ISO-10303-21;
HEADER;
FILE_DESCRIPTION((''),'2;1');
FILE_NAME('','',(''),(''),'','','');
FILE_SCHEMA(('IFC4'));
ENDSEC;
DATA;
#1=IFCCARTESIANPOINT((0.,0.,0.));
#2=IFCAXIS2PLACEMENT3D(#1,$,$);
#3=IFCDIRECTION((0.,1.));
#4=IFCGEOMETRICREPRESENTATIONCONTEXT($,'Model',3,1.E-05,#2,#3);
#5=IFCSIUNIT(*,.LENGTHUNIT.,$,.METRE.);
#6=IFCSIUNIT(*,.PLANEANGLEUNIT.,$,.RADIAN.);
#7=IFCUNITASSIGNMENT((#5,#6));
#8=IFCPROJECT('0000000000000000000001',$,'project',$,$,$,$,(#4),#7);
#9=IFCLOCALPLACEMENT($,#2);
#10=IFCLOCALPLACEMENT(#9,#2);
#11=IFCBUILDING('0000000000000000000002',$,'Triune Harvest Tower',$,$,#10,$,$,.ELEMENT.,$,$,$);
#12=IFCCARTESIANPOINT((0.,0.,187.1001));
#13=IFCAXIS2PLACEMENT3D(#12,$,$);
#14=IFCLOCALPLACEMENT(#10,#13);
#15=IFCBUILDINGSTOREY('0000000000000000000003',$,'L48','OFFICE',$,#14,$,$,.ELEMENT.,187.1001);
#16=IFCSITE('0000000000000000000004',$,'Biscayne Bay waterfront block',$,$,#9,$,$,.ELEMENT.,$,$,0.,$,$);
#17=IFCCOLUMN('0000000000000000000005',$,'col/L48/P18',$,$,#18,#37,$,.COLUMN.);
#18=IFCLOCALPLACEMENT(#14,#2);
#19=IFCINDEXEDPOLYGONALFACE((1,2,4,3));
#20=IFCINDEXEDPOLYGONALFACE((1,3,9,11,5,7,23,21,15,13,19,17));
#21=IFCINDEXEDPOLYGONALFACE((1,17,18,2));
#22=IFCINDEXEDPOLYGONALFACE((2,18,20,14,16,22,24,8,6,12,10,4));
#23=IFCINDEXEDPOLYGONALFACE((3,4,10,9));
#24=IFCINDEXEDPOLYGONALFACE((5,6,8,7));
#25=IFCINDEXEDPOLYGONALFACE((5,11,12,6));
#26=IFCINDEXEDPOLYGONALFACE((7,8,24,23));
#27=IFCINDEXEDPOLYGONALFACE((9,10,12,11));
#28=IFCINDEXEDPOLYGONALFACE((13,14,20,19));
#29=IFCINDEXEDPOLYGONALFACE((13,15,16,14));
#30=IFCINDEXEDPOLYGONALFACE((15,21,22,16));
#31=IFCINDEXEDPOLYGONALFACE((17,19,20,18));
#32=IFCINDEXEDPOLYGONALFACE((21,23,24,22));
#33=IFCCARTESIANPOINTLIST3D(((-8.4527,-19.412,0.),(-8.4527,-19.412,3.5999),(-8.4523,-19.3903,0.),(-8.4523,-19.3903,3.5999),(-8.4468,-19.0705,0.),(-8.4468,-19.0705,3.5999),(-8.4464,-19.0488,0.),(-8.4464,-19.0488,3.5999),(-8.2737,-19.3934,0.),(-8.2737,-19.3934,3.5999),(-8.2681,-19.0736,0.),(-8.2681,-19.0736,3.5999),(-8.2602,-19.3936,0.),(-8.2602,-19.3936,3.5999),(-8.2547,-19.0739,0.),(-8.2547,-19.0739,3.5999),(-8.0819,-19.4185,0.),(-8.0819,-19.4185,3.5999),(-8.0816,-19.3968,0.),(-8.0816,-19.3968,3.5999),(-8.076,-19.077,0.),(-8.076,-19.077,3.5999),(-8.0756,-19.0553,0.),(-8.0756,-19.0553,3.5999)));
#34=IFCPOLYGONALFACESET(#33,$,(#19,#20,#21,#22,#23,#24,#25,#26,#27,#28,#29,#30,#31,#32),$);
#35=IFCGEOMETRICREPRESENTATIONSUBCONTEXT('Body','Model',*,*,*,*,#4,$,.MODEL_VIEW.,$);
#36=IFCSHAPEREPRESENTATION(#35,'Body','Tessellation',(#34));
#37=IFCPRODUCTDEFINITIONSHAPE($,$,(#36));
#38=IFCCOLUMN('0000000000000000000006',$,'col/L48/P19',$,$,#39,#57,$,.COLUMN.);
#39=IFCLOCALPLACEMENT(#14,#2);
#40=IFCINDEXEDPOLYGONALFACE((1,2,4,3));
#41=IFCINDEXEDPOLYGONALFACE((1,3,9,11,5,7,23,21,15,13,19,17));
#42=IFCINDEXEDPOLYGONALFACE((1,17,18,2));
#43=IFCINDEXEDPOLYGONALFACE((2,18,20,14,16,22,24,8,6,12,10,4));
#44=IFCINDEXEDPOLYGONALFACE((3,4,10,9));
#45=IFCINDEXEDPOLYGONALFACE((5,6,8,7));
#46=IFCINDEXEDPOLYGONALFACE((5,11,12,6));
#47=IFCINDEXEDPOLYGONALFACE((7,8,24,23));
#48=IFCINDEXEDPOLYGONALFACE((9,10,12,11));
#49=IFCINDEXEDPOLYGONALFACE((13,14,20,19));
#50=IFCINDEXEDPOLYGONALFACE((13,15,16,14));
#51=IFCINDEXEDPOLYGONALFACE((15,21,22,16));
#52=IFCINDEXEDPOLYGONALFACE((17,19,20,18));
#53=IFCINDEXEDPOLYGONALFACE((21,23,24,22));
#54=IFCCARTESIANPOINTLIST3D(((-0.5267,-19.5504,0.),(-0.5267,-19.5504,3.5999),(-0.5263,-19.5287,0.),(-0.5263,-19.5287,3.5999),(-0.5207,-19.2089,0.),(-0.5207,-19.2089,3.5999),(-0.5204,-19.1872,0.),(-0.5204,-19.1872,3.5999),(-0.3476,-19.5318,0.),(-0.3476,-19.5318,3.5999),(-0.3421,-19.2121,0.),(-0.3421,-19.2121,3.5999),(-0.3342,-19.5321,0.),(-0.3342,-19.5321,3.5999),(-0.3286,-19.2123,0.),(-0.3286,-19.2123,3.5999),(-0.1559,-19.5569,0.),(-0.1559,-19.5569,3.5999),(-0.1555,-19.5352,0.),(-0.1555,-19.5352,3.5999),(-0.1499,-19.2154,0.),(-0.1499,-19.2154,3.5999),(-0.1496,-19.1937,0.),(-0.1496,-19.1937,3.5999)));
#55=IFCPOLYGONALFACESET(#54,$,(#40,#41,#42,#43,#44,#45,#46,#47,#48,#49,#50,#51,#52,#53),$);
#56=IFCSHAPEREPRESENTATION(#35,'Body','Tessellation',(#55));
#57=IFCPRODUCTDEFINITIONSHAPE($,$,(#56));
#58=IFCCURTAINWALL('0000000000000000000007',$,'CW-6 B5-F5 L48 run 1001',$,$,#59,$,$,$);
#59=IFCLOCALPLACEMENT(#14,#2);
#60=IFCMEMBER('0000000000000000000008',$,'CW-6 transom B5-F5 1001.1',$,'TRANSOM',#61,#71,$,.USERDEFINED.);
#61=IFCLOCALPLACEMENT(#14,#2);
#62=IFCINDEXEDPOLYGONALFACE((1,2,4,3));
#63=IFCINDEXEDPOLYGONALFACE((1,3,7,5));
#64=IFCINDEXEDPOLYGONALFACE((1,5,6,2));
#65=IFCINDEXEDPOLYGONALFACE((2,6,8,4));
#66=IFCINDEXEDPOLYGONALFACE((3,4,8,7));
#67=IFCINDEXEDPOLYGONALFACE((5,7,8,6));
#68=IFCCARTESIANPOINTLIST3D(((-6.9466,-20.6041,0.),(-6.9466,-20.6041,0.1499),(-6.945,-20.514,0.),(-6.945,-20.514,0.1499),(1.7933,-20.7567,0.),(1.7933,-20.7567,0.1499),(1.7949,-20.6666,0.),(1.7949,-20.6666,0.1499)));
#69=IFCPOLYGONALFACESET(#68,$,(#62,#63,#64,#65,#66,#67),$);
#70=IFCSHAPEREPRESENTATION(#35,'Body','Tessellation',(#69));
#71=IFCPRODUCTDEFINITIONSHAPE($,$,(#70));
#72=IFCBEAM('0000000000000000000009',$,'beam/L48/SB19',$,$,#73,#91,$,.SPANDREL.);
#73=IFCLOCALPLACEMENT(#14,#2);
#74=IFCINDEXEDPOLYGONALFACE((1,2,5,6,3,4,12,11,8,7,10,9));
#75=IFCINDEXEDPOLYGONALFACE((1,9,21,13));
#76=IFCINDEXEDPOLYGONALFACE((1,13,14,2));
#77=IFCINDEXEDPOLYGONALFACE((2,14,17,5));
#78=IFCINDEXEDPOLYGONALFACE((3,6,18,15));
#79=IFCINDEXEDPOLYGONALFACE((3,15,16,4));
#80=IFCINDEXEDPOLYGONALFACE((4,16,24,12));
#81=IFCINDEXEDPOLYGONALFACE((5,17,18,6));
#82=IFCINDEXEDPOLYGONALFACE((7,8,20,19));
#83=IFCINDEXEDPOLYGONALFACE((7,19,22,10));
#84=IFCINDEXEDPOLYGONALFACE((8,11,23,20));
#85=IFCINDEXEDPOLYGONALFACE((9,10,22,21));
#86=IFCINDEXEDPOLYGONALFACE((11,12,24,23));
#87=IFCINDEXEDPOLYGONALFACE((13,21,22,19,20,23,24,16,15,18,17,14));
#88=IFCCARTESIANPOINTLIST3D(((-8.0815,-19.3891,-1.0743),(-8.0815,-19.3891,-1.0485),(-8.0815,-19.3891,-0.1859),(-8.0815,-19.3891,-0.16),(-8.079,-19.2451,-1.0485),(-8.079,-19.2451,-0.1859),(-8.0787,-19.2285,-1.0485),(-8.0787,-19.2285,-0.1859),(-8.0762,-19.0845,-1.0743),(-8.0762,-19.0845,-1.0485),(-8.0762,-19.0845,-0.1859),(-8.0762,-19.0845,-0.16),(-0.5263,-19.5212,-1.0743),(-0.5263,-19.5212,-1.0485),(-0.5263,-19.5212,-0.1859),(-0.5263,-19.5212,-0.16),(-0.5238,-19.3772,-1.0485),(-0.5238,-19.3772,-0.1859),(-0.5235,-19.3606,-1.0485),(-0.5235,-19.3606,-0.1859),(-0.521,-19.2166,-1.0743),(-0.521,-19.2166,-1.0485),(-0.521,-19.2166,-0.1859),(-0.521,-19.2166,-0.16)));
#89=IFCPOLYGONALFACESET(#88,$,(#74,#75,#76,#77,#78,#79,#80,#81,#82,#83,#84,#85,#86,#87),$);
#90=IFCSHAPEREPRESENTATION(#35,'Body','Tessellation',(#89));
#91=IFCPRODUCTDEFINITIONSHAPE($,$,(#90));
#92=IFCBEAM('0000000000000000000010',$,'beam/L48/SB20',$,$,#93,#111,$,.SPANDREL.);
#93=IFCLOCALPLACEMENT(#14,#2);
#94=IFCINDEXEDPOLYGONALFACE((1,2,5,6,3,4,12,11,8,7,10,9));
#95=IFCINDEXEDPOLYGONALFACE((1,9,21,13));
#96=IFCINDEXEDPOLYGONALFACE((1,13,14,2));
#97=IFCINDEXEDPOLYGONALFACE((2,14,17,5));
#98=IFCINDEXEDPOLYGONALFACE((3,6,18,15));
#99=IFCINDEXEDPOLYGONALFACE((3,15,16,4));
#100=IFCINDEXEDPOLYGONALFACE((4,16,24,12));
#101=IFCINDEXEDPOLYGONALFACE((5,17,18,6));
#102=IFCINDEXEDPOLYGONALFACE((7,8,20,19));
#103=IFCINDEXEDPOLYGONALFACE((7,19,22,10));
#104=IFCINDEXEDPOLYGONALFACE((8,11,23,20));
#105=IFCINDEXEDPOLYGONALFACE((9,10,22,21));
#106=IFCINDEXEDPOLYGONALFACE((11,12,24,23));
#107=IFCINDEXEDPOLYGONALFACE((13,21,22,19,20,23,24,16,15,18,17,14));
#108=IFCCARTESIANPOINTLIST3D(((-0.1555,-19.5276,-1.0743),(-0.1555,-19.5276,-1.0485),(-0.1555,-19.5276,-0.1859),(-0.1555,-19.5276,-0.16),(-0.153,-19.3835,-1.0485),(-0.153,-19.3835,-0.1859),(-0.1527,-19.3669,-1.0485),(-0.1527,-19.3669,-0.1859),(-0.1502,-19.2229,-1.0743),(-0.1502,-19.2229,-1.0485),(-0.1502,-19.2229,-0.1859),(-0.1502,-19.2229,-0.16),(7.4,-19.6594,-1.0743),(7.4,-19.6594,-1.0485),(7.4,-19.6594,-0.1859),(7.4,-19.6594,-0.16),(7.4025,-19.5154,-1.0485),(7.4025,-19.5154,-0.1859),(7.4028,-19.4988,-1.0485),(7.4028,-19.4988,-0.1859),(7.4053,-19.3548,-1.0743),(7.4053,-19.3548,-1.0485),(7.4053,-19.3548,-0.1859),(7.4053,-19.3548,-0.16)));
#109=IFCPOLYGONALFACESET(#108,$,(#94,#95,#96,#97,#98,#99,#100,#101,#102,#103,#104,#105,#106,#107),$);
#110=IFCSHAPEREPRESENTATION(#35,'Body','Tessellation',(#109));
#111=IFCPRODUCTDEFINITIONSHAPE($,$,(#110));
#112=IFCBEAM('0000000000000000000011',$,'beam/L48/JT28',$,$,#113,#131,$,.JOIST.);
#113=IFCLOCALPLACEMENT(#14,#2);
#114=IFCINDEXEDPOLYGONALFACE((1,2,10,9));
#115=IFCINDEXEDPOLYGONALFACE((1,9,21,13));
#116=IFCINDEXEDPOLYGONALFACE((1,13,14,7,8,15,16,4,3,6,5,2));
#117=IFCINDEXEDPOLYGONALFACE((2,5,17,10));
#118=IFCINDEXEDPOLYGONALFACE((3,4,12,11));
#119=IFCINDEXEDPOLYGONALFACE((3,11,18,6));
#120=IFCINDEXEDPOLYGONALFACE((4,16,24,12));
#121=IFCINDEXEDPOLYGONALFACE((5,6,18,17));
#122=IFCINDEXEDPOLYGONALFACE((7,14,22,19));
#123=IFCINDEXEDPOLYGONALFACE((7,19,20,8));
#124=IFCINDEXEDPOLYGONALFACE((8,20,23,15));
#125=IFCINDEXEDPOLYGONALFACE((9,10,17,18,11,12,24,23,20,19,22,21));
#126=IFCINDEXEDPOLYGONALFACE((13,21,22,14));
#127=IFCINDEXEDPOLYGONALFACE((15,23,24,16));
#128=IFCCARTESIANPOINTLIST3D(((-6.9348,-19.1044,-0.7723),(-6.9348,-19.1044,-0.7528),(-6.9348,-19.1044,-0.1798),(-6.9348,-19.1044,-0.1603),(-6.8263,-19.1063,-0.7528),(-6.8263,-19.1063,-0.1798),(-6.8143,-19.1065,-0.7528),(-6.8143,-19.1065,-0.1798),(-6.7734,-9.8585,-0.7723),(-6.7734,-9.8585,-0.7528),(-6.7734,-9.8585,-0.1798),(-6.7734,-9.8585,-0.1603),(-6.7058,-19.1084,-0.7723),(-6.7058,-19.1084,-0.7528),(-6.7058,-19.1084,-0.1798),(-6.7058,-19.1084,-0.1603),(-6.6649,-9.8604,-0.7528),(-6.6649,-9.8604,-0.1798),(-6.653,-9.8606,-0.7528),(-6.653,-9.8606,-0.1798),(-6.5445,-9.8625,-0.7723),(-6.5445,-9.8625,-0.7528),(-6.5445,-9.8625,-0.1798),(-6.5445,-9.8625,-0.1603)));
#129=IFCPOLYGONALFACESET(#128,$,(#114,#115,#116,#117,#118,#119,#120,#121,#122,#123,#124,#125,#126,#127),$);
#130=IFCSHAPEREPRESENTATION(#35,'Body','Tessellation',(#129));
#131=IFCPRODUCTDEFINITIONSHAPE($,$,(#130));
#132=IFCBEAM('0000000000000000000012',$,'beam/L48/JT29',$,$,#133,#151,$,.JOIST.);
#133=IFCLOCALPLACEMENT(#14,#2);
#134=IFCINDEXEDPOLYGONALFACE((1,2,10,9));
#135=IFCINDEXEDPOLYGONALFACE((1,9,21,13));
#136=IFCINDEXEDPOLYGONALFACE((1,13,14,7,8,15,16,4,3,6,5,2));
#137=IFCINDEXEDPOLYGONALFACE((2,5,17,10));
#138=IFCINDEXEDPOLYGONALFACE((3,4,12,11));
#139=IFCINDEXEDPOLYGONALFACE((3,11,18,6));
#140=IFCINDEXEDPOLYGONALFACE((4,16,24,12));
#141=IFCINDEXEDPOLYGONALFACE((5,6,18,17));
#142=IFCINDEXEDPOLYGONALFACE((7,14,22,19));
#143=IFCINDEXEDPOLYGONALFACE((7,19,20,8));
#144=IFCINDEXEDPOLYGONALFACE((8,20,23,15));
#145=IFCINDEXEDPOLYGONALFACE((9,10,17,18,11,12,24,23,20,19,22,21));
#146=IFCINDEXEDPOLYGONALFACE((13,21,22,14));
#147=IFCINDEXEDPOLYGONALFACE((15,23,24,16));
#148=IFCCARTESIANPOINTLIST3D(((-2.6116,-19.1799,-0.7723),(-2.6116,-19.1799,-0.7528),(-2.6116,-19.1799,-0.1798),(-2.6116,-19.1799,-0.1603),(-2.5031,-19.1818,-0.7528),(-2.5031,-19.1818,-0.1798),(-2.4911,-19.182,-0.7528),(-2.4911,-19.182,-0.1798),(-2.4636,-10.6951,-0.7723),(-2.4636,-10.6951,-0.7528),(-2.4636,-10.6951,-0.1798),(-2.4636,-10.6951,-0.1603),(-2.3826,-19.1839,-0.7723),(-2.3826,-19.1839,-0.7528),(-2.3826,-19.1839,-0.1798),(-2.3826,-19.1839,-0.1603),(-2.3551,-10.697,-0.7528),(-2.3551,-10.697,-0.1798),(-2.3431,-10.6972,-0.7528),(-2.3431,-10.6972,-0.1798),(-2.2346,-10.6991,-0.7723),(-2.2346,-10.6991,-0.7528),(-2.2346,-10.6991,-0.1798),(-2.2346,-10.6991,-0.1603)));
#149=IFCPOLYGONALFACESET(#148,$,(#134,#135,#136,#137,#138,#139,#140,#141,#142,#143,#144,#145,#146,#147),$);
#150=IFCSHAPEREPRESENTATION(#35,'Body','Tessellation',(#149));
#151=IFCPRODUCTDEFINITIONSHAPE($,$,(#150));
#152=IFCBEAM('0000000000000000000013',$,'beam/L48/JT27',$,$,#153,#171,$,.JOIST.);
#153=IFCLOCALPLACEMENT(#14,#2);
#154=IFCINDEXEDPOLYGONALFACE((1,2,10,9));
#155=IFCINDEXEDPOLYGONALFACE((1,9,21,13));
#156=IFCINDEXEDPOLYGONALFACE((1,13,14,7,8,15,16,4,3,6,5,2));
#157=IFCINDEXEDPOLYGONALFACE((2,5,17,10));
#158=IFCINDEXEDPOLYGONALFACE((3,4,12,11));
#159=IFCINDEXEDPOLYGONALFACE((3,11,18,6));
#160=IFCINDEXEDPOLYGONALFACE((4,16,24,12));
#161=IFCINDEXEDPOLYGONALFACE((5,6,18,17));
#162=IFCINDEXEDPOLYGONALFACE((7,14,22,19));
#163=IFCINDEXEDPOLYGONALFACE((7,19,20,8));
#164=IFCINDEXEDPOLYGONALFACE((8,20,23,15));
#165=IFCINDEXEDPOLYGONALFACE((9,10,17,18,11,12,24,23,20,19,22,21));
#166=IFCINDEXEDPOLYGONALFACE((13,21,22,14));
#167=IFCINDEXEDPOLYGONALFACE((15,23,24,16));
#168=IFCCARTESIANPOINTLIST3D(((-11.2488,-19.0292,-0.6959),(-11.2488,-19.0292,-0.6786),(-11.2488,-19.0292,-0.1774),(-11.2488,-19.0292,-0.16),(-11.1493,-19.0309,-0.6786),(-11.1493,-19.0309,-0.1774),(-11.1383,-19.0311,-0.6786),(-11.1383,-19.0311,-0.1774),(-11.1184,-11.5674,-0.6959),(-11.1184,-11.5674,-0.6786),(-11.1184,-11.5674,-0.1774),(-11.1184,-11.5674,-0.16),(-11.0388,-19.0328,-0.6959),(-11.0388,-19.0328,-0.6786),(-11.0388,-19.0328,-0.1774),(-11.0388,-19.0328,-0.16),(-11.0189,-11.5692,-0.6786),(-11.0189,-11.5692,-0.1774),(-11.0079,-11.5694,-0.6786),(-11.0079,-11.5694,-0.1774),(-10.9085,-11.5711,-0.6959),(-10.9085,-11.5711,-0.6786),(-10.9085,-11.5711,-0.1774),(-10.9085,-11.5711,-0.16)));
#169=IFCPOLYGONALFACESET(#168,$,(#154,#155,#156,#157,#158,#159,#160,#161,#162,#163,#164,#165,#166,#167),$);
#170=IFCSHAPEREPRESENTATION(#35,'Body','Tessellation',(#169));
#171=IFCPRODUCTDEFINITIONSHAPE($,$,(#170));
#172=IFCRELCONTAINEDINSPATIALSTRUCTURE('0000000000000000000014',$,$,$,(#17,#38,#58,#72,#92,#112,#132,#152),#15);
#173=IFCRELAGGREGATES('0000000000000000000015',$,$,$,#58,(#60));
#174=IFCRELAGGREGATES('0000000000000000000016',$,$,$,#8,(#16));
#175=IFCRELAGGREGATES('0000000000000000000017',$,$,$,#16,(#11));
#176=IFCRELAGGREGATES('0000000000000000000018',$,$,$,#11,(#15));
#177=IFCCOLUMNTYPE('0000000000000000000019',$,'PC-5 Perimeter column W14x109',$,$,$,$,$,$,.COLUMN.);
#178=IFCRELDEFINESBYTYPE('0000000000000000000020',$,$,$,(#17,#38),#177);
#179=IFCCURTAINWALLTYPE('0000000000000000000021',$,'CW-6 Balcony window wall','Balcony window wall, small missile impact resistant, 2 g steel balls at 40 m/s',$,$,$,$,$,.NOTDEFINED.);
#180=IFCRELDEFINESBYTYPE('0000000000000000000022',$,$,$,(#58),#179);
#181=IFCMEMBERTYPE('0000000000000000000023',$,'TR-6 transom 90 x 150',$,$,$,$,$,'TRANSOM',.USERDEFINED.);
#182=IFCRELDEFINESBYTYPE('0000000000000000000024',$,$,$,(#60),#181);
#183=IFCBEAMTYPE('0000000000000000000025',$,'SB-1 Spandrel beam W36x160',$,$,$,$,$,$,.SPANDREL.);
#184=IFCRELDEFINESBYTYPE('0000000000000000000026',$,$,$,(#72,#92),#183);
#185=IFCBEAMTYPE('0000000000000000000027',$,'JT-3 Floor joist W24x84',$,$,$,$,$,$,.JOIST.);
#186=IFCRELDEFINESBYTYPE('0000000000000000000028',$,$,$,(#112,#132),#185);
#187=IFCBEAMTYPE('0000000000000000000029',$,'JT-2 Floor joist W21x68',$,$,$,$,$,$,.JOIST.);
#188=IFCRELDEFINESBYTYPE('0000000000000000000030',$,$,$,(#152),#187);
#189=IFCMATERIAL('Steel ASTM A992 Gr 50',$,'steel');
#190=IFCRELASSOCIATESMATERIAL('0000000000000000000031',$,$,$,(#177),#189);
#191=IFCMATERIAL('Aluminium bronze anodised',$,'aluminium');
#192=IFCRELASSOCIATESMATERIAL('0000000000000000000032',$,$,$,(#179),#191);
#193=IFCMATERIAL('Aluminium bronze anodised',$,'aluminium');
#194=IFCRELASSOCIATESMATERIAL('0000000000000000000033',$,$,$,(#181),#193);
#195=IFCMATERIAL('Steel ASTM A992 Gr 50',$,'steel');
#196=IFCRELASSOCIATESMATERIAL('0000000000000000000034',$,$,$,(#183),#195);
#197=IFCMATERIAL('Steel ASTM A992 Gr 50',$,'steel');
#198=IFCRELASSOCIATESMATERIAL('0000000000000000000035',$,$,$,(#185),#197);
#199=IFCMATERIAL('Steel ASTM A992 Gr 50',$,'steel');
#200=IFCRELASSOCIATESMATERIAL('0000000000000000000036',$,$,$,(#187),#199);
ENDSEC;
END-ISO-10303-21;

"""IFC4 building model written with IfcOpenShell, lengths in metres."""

from ifc_helpers import new_model, si_unit, direction, frame, origin, origin_2d, place, context, subcontext, project, spatial, rectangle, i_section, extrude, source, transform, mapped, material, material_profile, profile_set, type_object, element, aggregate, save


model = new_model("IFC4")

# Units and contexts
model_context = context("Model", 3, precision=1e-05, world=origin(), true_north=direction((0.0, 1.0)))
body_context = subcontext(model_context, "Body", "Model", "MODEL_VIEW")
ifc_project = project(units=[si_unit("LENGTHUNIT", "METRE"), si_unit("PLANEANGLEUNIT", "RADIAN")], contexts=[model_context])

# Site, building, storey
site_placement = place(None, origin())
site = spatial("IfcSite", under=ifc_project, at=site_placement, Name="Biscayne Bay waterfront block", CompositionType="ELEMENT", RefElevation=0.0)
building_placement = place(site_placement, origin())
building = spatial("IfcBuilding", under=site, at=building_placement, Name="Triune Harvest Tower", CompositionType="ELEMENT")
storey_placement = place(building_placement, frame((0.0, 0.0, 187.1001)))
storey = spatial("IfcBuildingStorey", under=building, at=storey_placement, Name="L48", Description="OFFICE", CompositionType="ELEMENT", Elevation=187.1001)

# Columns
ifc_material_1 = material(Name="Steel ASTM A992 Gr 50", Category="steel")
ifc_material_profile_1 = material_profile(ifc_material_1, i_section(OverallWidth=0.3708, OverallDepth=0.3633, WebThickness=0.0134, FlangeThickness=0.0217, at=origin_2d()), Name="W14x109")
ifc_profile_set_1 = profile_set([ifc_material_profile_1], Name="Steel ASTM A992 Gr 50")
column_type = type_object("IfcColumnType", Name="PC-5 Perimeter column W14x109", PredefinedType="COLUMN", material=ifc_profile_set_1)
shared_shape_1 = source(origin(), body_context, "Body", "SweptSolid", [
    extrude(i_section(OverallWidth=0.3708, OverallDepth=0.3633, WebThickness=0.0134, FlangeThickness=0.0217, at=origin_2d()), origin(), (0.0, 0.0, 1.0), 3.5999),
])
for number, where, z_axis, x_axis, name in (
    (1, (-8.2642, -19.2336, 0.0), (0.0, 0.0, 1.0), (0.999848, -0.017452, 0.0), "col/L48/P18"),
    (2, (-0.3381, -19.3721, 0.0), (0.0, 0.0, 1.0), (0.999848, -0.017452, 0.0), "col/L48/P19"),
):
    element("IfcColumn", number, at=place(storey_placement, frame(where, z_axis=z_axis, x_axis=x_axis)), inside=storey, type_object=column_type, Name=name, PredefinedType="COLUMN", context=body_context, shape_type="MappedRepresentation", body=[
        mapped(shared_shape_1, transform((0.0, 0.0, 0.0), scale=1.0)),
    ])

# Curtain wall, member
ifc_material_2 = material(Name="Aluminium bronze anodised", Category="aluminium")
curtain_wall_type_1 = type_object("IfcCurtainWallType", Name="CW-6 Balcony window wall", Description="Balcony window wall, small missile impact resistant, 2 g steel balls at 40 m/s", PredefinedType="NOTDEFINED", material=ifc_material_2)
curtain_wall_1_placement = place(storey_placement, origin())
curtain_wall_1 = element("IfcCurtainWall", 3, at=curtain_wall_1_placement, inside=storey, type_object=curtain_wall_type_1, Name="CW-6 B5-F5 L48 run 1001")
ifc_material_3 = material(Name="Aluminium bronze anodised", Category="aluminium")
ifc_material_profile_2 = material_profile(ifc_material_3, rectangle(XDim=0.0901, YDim=0.1499, at=origin_2d()), Name="TR-6 transom 90 x 150")
ifc_profile_set_2 = profile_set([ifc_material_profile_2], Name="Aluminium bronze anodised")
member_type_1 = type_object("IfcMemberType", Name="TR-6 transom 90 x 150", ElementType="TRANSOM", PredefinedType="USERDEFINED", material=ifc_profile_set_2)
member_1_placement = place(storey_placement, frame((-6.9458, -20.5591, 0.075), z_axis=(0.999848, -0.017456, 0.0), x_axis=(0.017456, 0.999848, 0.0)))
member_1 = element("IfcMember", 4, at=member_1_placement, type_object=member_type_1, Name="CW-6 transom B5-F5 1001.1", ObjectType="TRANSOM", PredefinedType="USERDEFINED", context=body_context, shape_type="SweptSolid", body=[
    extrude(rectangle(XDim=0.0901, YDim=0.1499, at=origin_2d()), origin(), (0.0, 0.0, 1.0), 8.7412),
])

# Beams
ifc_material_4 = material(Name="Steel ASTM A992 Gr 50", Category="steel")
ifc_material_profile_3 = material_profile(ifc_material_4, i_section(OverallWidth=0.3047, OverallDepth=0.9143, WebThickness=0.0166, FlangeThickness=0.0259, at=origin_2d()), Name="W36x160")
ifc_profile_set_3 = profile_set([ifc_material_profile_3], Name="Steel ASTM A992 Gr 50")
beam_type_1 = type_object("IfcBeamType", Name="SB-1 Spandrel beam W36x160", PredefinedType="SPANDREL", material=ifc_profile_set_3)
shared_shape_2 = source(origin(), body_context, "Body", "SweptSolid", [
    extrude(i_section(OverallWidth=0.3047, OverallDepth=0.9143, WebThickness=0.0166, FlangeThickness=0.0259, at=origin_2d()), origin(), (0.0, 0.0, 1.0), 7.5564),
])
beam_1_placement = place(storey_placement, frame((-8.0789, -19.2368, -0.6172), z_axis=(0.999847, -0.017479, 0.0), x_axis=(0.017479, 0.999847, 0.0)))
element("IfcBeam", 5, at=beam_1_placement, inside=storey, type_object=beam_type_1, Name="beam/L48/SB19", PredefinedType="SPANDREL", context=body_context, shape_type="MappedRepresentation", body=[
    mapped(shared_shape_2, transform((0.0, 0.0, 0.0), scale=1.0)),
])
shared_shape_3 = source(origin(), body_context, "Body", "SweptSolid", [
    extrude(i_section(OverallWidth=0.3047, OverallDepth=0.9143, WebThickness=0.0166, FlangeThickness=0.0259, at=origin_2d()), origin(), (0.0, 0.0, 1.0), 7.5566),
])
beam_2_placement = place(storey_placement, frame((-0.1528, -19.3752, -0.6172), z_axis=(0.999848, -0.017447, 0.0), x_axis=(0.017447, 0.999848, 0.0)))
element("IfcBeam", 6, at=beam_2_placement, inside=storey, type_object=beam_type_1, Name="beam/L48/SB20", PredefinedType="SPANDREL", context=body_context, shape_type="MappedRepresentation", body=[
    mapped(shared_shape_3, transform((0.0, 0.0, 0.0), scale=1.0)),
])
ifc_material_5 = material(Name="Steel ASTM A992 Gr 50", Category="steel")
ifc_material_profile_4 = material_profile(ifc_material_5, i_section(OverallWidth=0.229, OverallDepth=0.6121, WebThickness=0.012, FlangeThickness=0.0195, at=origin_2d()), Name="W24x84")
ifc_profile_set_4 = profile_set([ifc_material_profile_4], Name="Steel ASTM A992 Gr 50")
beam_type_2 = type_object("IfcBeamType", Name="JT-3 Floor joist W24x84", PredefinedType="JOIST", material=ifc_profile_set_4)
shared_shape_4 = source(origin(), body_context, "Body", "SweptSolid", [
    extrude(i_section(OverallWidth=0.229, OverallDepth=0.6121, WebThickness=0.012, FlangeThickness=0.0195, at=origin_2d()), origin(), (0.0, 0.0, 1.0), 9.2473),
])
beam_3_placement = place(storey_placement, frame((-6.8203, -19.1064, -0.4663), z_axis=(0.017451, 0.999848, 0.0), x_axis=(-0.999848, 0.017451, 0.0)))
element("IfcBeam", 7, at=beam_3_placement, inside=storey, type_object=beam_type_2, Name="beam/L48/JT28", PredefinedType="JOIST", context=body_context, shape_type="MappedRepresentation", body=[
    mapped(shared_shape_4, transform((0.0, 0.0, 0.0), scale=1.0)),
])
shared_shape_5 = source(origin(), body_context, "Body", "SweptSolid", [
    extrude(i_section(OverallWidth=0.229, OverallDepth=0.6121, WebThickness=0.012, FlangeThickness=0.0195, at=origin_2d()), origin(), (0.0, 0.0, 1.0), 8.4861),
])
beam_4_placement = place(storey_placement, frame((-2.4971, -19.1819, -0.4663), z_axis=(0.017434, 0.999848, 0.0), x_axis=(-0.999848, 0.017434, 0.0)))
element("IfcBeam", 8, at=beam_4_placement, inside=storey, type_object=beam_type_2, Name="beam/L48/JT29", PredefinedType="JOIST", context=body_context, shape_type="MappedRepresentation", body=[
    mapped(shared_shape_5, transform((0.0, 0.0, 0.0), scale=1.0)),
])
ifc_material_6 = material(Name="Steel ASTM A992 Gr 50", Category="steel")
ifc_material_profile_5 = material_profile(ifc_material_6, i_section(OverallWidth=0.21, OverallDepth=0.5359, WebThickness=0.011, FlangeThickness=0.0173, at=origin_2d()), Name="W21x68")
ifc_profile_set_5 = profile_set([ifc_material_profile_5], Name="Steel ASTM A992 Gr 50")
beam_type_3 = type_object("IfcBeamType", Name="JT-2 Floor joist W21x68", PredefinedType="JOIST", material=ifc_profile_set_5)
shared_shape_6 = source(origin(), body_context, "Body", "SweptSolid", [
    extrude(i_section(OverallWidth=0.21, OverallDepth=0.5359, WebThickness=0.011, FlangeThickness=0.0173, at=origin_2d()), origin(), (0.0, 0.0, 1.0), 7.4629),
])
beam_5_placement = place(storey_placement, frame((-11.1438, -19.031, -0.428), z_axis=(0.017469, 0.999847, 0.0), x_axis=(-0.999847, 0.017469, 0.0)))
element("IfcBeam", 9, at=beam_5_placement, inside=storey, type_object=beam_type_3, Name="beam/L48/JT27", PredefinedType="JOIST", context=body_context, shape_type="MappedRepresentation", body=[
    mapped(shared_shape_6, transform((0.0, 0.0, 0.0), scale=1.0)),
])

aggregate(curtain_wall_1, [member_1])

save(model, "model.ifc")
